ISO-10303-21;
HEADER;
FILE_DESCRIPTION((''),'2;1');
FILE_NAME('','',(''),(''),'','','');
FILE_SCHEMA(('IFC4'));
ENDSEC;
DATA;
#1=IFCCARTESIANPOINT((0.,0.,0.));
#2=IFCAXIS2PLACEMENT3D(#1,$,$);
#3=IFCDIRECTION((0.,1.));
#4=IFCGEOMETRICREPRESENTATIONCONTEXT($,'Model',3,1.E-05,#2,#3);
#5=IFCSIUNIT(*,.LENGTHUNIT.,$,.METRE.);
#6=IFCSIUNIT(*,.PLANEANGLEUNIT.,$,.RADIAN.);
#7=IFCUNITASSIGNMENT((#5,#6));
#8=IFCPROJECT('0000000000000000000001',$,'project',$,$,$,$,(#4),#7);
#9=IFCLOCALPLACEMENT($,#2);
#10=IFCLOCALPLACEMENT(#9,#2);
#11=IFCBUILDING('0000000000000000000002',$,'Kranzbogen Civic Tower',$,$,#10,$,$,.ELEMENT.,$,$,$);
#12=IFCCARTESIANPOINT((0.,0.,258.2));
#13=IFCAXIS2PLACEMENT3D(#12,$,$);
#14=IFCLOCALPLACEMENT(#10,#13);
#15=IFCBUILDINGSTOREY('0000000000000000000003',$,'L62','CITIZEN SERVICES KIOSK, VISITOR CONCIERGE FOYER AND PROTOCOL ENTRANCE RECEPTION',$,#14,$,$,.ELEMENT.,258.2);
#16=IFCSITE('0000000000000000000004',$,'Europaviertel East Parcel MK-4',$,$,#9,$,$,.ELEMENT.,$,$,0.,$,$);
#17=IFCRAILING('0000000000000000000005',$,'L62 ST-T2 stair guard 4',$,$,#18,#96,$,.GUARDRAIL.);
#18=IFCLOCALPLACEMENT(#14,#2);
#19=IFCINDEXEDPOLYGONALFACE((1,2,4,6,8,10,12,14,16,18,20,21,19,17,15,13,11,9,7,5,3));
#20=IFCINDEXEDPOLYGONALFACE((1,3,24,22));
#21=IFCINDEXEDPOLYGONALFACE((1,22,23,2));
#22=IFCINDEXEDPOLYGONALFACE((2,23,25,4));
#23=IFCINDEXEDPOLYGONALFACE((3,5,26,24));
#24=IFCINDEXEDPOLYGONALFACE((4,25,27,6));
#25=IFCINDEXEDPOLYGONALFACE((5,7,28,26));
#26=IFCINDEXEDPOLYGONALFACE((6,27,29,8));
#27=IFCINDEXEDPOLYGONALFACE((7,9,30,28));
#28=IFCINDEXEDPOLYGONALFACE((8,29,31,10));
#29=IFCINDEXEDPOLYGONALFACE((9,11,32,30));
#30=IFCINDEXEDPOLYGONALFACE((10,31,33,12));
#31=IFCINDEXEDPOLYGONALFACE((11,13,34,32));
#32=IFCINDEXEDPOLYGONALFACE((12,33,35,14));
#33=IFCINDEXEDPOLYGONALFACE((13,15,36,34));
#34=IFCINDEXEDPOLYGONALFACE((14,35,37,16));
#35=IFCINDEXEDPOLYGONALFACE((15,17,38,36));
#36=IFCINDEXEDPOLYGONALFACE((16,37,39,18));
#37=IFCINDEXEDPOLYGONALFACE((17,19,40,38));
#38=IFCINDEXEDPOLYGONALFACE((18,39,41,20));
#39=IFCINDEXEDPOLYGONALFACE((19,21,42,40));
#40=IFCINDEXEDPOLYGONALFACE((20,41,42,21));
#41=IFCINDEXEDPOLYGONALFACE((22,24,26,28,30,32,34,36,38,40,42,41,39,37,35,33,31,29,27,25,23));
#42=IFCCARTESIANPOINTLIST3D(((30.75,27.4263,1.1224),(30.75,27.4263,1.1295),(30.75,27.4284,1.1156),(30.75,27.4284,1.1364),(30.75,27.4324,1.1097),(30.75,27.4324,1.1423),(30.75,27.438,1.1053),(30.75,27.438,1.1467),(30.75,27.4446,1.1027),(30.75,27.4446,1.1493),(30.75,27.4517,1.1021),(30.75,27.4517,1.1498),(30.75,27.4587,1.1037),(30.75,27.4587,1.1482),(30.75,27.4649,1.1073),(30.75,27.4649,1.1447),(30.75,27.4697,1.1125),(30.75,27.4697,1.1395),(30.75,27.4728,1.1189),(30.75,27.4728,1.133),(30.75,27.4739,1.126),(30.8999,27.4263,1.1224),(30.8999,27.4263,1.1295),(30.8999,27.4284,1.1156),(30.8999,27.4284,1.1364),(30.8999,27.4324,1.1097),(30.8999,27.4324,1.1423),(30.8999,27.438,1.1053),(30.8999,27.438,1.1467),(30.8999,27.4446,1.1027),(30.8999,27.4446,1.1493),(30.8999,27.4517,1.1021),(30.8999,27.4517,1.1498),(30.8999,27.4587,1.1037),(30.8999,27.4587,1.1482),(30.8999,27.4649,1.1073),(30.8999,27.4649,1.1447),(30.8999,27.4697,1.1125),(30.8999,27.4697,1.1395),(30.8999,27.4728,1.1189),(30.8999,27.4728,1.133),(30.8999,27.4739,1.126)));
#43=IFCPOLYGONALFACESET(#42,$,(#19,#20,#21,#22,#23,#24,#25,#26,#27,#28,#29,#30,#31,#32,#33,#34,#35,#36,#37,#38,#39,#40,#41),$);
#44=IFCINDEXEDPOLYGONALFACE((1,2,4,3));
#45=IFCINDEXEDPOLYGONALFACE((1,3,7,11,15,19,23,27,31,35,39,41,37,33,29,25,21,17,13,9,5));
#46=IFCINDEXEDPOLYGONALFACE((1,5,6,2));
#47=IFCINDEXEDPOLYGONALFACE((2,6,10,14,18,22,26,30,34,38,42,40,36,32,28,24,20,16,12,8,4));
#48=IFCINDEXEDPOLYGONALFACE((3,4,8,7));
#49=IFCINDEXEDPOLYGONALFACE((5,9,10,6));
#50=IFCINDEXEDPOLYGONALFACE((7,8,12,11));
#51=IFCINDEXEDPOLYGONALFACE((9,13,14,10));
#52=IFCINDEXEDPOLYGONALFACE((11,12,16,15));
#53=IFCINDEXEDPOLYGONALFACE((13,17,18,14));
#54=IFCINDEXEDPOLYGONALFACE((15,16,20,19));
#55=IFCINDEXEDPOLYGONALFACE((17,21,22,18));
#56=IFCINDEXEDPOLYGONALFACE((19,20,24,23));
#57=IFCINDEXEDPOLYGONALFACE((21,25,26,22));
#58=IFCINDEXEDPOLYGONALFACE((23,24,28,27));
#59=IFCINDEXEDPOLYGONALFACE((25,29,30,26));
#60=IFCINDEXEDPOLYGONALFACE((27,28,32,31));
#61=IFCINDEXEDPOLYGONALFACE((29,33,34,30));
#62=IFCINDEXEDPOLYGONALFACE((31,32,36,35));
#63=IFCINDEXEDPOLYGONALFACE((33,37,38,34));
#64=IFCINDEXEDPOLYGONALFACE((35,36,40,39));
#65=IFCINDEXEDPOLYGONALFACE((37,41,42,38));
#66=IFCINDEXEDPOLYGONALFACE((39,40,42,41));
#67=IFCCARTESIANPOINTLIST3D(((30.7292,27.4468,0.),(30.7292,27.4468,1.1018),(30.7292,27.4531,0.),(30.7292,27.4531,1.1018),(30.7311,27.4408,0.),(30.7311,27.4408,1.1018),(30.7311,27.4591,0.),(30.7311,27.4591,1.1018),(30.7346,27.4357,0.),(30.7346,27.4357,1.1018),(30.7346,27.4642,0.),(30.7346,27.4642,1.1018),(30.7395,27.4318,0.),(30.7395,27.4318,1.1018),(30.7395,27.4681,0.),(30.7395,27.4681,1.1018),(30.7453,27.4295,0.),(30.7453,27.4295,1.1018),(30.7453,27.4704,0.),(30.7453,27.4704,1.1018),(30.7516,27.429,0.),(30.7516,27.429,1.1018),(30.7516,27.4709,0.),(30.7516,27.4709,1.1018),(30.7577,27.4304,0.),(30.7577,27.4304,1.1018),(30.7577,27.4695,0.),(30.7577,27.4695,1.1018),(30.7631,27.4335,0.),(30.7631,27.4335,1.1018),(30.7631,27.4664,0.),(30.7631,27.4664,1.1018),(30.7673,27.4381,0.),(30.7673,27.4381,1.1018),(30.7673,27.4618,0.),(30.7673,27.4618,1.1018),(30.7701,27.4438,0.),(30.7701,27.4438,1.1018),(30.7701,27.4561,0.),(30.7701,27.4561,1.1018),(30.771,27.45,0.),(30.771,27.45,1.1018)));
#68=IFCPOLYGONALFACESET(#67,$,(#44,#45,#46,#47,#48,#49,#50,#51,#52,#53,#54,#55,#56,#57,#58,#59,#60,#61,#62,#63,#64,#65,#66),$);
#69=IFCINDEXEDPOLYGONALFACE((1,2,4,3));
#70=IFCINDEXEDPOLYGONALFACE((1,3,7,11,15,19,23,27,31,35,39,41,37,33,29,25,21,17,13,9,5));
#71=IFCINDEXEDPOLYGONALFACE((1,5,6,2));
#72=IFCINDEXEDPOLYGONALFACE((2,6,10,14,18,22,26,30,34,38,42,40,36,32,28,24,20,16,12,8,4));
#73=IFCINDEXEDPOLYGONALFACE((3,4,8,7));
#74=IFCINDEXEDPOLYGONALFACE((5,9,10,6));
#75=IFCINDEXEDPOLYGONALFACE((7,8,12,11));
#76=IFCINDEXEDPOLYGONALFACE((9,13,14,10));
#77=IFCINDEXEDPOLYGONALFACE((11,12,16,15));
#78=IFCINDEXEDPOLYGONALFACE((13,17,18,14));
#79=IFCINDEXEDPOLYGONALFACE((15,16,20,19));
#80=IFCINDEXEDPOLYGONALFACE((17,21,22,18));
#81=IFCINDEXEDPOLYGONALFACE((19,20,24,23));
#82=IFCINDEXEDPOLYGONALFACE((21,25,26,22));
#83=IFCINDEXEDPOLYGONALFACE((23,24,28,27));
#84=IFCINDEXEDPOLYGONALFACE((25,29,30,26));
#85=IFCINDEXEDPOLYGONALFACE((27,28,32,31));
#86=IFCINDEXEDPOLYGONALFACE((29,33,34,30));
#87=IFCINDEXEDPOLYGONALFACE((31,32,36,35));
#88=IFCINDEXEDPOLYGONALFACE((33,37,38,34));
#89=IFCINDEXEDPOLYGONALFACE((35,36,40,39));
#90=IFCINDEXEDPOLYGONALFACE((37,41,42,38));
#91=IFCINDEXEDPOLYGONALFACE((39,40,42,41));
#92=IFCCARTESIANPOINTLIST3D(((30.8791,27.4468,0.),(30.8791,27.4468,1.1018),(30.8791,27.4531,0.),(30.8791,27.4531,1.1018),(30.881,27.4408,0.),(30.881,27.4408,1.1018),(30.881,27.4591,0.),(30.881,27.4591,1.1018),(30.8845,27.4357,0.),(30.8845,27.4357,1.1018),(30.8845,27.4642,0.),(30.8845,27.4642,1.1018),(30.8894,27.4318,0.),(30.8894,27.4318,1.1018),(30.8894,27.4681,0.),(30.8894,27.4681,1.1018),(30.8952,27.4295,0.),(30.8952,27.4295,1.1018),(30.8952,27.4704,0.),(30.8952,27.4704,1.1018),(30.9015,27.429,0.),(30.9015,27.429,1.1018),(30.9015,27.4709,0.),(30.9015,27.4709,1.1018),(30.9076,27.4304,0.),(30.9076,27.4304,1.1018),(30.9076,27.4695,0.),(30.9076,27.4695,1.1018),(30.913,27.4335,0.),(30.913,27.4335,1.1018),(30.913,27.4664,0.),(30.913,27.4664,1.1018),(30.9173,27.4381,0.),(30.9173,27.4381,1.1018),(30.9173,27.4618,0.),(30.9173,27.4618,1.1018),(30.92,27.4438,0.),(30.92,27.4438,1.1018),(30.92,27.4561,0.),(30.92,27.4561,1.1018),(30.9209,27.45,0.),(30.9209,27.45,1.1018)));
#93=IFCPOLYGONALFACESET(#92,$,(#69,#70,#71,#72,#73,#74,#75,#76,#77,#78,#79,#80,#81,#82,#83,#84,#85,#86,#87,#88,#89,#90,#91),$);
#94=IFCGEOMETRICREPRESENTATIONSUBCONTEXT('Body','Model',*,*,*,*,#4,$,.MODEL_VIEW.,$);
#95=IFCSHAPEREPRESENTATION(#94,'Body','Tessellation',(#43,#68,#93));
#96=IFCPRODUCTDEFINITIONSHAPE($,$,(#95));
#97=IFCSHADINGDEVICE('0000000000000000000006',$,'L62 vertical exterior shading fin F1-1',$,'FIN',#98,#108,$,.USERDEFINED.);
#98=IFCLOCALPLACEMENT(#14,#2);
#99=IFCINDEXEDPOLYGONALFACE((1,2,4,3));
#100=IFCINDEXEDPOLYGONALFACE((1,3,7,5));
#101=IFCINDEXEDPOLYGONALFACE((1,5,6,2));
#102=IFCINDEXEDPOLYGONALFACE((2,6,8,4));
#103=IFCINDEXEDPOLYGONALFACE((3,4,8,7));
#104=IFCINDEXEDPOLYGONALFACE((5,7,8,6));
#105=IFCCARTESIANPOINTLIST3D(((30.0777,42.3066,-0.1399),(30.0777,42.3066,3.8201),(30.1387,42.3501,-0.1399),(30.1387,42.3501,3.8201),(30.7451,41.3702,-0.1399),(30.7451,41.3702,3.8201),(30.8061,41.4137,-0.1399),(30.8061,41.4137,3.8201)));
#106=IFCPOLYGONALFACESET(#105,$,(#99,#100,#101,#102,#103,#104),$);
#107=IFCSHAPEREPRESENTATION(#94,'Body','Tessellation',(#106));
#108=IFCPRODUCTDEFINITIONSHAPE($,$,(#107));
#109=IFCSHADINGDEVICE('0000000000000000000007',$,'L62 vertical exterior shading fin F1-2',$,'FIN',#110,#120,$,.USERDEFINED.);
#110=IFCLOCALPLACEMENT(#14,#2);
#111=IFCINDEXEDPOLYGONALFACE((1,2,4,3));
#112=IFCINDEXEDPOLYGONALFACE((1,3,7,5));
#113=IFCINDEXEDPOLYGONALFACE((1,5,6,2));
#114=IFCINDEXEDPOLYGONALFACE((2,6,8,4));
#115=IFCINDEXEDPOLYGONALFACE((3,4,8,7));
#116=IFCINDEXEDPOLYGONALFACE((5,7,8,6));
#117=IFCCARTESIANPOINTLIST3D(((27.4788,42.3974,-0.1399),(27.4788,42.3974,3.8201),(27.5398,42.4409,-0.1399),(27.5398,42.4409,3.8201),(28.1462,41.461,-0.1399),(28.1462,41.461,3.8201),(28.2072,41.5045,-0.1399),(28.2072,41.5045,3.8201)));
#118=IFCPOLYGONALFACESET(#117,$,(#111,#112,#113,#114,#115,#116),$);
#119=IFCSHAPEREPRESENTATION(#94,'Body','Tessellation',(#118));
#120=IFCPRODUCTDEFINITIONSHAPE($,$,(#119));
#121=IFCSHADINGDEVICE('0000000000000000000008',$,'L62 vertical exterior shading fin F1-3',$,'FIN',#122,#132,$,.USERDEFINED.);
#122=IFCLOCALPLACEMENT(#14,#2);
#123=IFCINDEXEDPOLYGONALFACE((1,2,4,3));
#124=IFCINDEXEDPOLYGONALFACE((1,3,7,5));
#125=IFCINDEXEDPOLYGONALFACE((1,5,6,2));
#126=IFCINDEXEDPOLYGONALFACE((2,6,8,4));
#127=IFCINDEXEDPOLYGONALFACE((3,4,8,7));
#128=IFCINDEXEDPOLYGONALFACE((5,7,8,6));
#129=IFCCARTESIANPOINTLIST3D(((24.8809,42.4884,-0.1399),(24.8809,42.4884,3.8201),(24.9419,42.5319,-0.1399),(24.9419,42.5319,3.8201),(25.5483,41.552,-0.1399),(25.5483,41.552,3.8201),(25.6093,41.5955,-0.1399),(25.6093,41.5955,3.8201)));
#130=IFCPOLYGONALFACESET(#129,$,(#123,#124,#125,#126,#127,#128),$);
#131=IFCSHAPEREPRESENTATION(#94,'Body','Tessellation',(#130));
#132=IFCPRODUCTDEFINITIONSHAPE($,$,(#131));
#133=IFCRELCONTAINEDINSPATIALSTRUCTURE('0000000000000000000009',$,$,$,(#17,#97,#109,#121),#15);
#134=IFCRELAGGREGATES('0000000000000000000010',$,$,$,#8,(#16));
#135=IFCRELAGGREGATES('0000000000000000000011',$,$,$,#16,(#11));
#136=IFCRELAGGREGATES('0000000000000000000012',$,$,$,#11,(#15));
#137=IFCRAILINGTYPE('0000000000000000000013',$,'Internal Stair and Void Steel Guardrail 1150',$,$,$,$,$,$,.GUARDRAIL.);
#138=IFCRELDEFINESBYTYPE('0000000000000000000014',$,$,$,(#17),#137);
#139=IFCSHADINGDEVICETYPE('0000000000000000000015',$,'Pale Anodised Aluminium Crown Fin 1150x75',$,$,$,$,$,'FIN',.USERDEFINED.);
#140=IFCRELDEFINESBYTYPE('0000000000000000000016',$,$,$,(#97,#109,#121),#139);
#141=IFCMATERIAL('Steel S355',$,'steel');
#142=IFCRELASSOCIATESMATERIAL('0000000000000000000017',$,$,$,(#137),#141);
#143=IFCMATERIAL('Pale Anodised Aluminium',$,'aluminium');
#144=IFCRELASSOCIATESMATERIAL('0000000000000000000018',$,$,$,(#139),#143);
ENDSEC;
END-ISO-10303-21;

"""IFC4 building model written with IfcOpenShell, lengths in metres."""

from ifc_helpers import new_model, si_unit, direction, frame, origin, origin_2d, place, context, subcontext, project, spatial, rectangle, circle, extrude, material, type_object, element, save


model = new_model("IFC4")

# Units and contexts
model_context = context("Model", 3, precision=1e-05, world=origin(), true_north=direction((0.0, 1.0)))
body_context = subcontext(model_context, "Body", "Model", "MODEL_VIEW")
ifc_project = project(units=[si_unit("LENGTHUNIT", "METRE"), si_unit("PLANEANGLEUNIT", "RADIAN")], contexts=[model_context])

# Site, building, storey
site_placement = place(None, origin())
site = spatial("IfcSite", under=ifc_project, at=site_placement, Name="Europaviertel East Parcel MK-4", CompositionType="ELEMENT", RefElevation=0.0)
building_placement = place(site_placement, origin())
building = spatial("IfcBuilding", under=site, at=building_placement, Name="Kranzbogen Civic Tower", CompositionType="ELEMENT")
storey_placement = place(building_placement, frame((0.0, 0.0, 258.2)))
storey = spatial("IfcBuildingStorey", under=building, at=storey_placement, Name="L62", Description="CITIZEN SERVICES KIOSK, VISITOR CONCIERGE FOYER AND PROTOCOL ENTRANCE RECEPTION", CompositionType="ELEMENT", Elevation=258.2)

# Shared definitions
ifc_material_1 = material(Name="Steel S355", Category="steel")

# Shared definitions
ifc_material_2 = material(Name="Pale Anodised Aluminium", Category="aluminium")

# Railing
railing_type_1 = type_object("IfcRailingType", Name="Internal Stair and Void Steel Guardrail 1150", PredefinedType="GUARDRAIL", material=ifc_material_1)
railing_1_placement = place(storey_placement, frame((30.75, 27.45, 0.0)))
element("IfcRailing", 1, at=railing_1_placement, inside=storey, type_object=railing_type_1, Name="L62 ST-T2 stair guard 4", PredefinedType="GUARDRAIL", context=body_context, shape_type="SweptSolid", body=[
    extrude(circle(Radius=0.0239, at=origin_2d()), frame((0.0, 0.0, 1.126), z_axis=(1.0, 0.0, 0.0), x_axis=(0.0, 1.0, 0.0)), (0.0, 0.0, 1.0), 0.1499),
    extrude(circle(Radius=0.021, at=origin_2d()), origin(), (0.0, 0.0, 1.0), 1.1018),
    extrude(circle(Radius=0.021, at=origin_2d()), frame((0.1499, 0.0, 0.0)), (0.0, 0.0, 1.0), 1.1018),
])

# Shading devices
shading_device_type = type_object("IfcShadingDeviceType", Name="Pale Anodised Aluminium Crown Fin 1150x75", ElementType="FIN", PredefinedType="USERDEFINED", material=ifc_material_2)
for number, where, z_axis, x_axis, name in (
    (2, (30.4419, 41.8601, -0.1399), (0.0, 0.0, 1.0), (-0.580405, 0.814328, 0.0), "L62 vertical exterior shading fin F1-1"),
    (3, (27.843, 41.9509, -0.1399), (0.0, 0.0, 1.0), (-0.580405, 0.814328, 0.0), "L62 vertical exterior shading fin F1-2"),
    (4, (25.2451, 42.042, -0.1399), (0.0, 0.0, 1.0), (-0.580405, 0.814328, 0.0), "L62 vertical exterior shading fin F1-3"),
):
    element("IfcShadingDevice", number, at=place(storey_placement, frame(where, z_axis=z_axis, x_axis=x_axis)), inside=storey, type_object=shading_device_type, Name=name, ObjectType="FIN", PredefinedType="USERDEFINED", context=body_context, shape_type="SweptSolid", body=[
        extrude(rectangle(XDim=1.1499, YDim=0.075, at=origin_2d()), origin(), (0.0, 0.0, 1.0), 3.96),
    ])

save(model, "model.ifc")
